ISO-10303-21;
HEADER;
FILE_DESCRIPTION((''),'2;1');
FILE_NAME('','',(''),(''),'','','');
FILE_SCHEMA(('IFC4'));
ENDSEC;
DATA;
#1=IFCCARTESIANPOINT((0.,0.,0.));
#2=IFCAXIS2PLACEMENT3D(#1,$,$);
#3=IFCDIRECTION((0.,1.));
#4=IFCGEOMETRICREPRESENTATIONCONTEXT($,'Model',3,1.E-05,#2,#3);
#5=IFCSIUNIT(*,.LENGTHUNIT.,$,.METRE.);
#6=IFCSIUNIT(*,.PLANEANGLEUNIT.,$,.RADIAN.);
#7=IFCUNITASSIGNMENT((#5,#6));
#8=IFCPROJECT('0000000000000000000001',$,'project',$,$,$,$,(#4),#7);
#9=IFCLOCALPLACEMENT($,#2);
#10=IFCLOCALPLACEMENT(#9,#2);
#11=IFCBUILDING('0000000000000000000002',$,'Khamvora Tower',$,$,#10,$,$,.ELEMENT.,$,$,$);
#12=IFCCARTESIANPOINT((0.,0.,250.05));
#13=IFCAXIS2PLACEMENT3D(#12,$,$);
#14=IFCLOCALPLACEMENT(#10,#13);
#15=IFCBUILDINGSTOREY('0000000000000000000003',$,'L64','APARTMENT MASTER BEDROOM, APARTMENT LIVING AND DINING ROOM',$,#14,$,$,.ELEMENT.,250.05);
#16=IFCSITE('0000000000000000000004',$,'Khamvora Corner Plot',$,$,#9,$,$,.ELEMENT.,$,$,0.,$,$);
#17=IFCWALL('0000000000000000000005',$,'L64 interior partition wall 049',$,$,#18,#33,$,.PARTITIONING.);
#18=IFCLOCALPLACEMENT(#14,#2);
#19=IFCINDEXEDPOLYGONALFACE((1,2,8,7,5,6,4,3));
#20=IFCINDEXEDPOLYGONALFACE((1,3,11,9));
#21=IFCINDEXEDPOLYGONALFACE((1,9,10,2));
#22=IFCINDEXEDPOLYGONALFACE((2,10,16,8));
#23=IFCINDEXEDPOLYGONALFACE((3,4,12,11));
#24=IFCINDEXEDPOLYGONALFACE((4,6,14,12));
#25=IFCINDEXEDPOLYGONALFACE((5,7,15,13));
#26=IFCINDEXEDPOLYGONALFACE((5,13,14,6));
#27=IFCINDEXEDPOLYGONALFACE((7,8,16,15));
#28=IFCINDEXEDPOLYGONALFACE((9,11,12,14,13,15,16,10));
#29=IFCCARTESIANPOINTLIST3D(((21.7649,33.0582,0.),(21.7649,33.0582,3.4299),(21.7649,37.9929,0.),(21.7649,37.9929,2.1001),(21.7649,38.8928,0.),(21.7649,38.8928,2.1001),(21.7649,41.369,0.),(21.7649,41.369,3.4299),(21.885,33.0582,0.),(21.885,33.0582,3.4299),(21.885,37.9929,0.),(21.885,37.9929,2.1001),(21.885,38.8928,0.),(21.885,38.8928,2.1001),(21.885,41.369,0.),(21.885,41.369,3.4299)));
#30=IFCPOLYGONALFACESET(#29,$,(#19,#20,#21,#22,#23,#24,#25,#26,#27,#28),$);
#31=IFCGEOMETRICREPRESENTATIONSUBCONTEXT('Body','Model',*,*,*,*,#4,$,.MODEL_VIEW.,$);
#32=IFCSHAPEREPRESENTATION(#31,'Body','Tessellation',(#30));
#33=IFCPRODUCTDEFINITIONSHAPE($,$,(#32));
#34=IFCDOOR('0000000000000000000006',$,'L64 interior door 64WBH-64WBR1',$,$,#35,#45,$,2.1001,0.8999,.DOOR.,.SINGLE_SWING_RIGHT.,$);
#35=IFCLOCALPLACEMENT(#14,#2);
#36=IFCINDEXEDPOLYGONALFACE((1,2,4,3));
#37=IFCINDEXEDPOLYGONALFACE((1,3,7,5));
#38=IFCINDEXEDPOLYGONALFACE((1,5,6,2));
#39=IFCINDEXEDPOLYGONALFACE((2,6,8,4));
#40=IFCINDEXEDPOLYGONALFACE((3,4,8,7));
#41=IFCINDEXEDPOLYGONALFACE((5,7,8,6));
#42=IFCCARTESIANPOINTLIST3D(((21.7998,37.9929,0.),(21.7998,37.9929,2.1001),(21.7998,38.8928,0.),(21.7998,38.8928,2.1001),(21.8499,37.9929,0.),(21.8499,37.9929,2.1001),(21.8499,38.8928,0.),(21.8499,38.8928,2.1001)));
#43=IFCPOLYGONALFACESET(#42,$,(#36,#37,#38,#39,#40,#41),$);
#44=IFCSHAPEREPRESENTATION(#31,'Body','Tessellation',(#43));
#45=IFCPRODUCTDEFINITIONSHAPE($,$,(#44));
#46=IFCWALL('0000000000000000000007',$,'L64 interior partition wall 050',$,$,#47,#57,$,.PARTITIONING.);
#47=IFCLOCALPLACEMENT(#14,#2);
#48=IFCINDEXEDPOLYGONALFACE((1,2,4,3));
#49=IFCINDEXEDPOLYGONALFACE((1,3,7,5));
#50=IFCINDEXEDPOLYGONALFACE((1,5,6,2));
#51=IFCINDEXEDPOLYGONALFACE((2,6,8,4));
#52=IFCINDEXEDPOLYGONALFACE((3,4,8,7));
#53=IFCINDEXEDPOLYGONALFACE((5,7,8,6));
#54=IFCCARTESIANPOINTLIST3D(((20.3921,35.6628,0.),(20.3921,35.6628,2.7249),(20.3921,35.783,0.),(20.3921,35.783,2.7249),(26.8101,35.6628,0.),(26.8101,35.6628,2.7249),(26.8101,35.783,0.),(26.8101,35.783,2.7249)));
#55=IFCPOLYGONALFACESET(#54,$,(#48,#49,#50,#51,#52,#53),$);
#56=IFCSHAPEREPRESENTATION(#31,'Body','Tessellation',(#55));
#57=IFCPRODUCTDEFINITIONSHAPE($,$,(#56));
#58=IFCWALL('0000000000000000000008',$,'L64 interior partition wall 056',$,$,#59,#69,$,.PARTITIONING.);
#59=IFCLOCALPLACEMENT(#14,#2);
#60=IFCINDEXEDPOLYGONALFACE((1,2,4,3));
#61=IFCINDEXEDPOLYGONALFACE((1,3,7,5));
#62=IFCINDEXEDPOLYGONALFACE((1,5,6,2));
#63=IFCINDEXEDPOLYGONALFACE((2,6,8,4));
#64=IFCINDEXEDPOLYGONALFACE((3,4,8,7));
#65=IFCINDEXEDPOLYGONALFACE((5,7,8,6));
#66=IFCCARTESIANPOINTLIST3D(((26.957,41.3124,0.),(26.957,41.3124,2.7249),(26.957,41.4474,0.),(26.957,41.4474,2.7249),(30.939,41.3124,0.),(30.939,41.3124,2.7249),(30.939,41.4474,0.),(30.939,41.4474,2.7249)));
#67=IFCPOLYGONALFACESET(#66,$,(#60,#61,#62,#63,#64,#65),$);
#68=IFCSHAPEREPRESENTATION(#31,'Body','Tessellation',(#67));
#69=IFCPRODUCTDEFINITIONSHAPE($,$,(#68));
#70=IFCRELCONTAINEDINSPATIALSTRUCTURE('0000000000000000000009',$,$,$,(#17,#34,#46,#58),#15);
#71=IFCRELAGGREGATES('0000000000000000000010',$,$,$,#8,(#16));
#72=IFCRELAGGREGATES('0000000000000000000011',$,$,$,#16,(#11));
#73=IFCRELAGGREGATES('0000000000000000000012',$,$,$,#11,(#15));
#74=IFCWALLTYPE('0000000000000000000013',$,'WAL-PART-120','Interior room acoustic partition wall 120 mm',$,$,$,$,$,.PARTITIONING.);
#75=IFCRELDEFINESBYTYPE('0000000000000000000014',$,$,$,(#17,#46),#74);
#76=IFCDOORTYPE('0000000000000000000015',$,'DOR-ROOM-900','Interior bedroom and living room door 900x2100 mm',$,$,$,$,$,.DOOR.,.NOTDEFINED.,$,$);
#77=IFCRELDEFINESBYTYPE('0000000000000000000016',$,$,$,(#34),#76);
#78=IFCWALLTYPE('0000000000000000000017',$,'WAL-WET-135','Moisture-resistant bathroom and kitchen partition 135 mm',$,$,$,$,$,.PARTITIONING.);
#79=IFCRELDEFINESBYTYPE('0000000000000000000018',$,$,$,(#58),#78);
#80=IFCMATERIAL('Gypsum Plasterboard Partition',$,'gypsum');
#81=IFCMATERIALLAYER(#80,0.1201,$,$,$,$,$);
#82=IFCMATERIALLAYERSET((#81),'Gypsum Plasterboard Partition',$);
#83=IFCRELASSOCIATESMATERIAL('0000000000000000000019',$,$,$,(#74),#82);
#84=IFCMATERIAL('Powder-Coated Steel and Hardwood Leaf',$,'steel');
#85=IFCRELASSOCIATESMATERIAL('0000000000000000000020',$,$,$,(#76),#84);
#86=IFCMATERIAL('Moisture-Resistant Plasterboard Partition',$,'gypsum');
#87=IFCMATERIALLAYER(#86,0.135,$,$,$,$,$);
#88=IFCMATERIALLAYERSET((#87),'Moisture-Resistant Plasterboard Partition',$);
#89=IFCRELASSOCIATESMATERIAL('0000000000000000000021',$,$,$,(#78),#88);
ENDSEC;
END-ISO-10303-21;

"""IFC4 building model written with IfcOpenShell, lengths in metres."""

from ifc_helpers import new_model, si_unit, direction, frame, frame_2d, origin, place, context, subcontext, project, spatial, rectangle, extrude, material, layer, layer_set, type_object, element, fill, save


model = new_model("IFC4")

# Units and contexts
model_context = context("Model", 3, precision=1e-05, world=origin(), true_north=direction((0.0, 1.0)))
body_context = subcontext(model_context, "Body", "Model", "MODEL_VIEW")
ifc_project = project(units=[si_unit("LENGTHUNIT", "METRE"), si_unit("PLANEANGLEUNIT", "RADIAN")], contexts=[model_context])

# Site, building, storey
site_placement = place(None, origin())
site = spatial("IfcSite", under=ifc_project, at=site_placement, Name="Khamvora Corner Plot", CompositionType="ELEMENT", RefElevation=0.0)
building_placement = place(site_placement, origin())
building = spatial("IfcBuilding", under=site, at=building_placement, Name="Khamvora Tower", CompositionType="ELEMENT")
storey_placement = place(building_placement, frame((0.0, 0.0, 250.05)))
storey = spatial("IfcBuildingStorey", under=building, at=storey_placement, Name="L64", Description="APARTMENT MASTER BEDROOM, APARTMENT LIVING AND DINING ROOM", CompositionType="ELEMENT", Elevation=250.05)

# Wall, opening, door
ifc_material_1 = material(Name="Gypsum Plasterboard Partition", Category="gypsum")
ifc_layer_1 = layer(ifc_material_1, 0.1201)
ifc_layer_set_1 = layer_set([ifc_layer_1], Name="Gypsum Plasterboard Partition")
wall_type_1 = type_object("IfcWallType", Name="WAL-PART-120", Description="Interior room acoustic partition wall 120 mm", PredefinedType="PARTITIONING", material=ifc_layer_set_1)
wall_1_placement = place(storey_placement, frame((21.825, 41.3689, 0.0), z_axis=(0.0, 0.0, 1.0), x_axis=(0.0, -1.0, 0.0)))
wall_1 = element("IfcWall", 1, at=wall_1_placement, inside=storey, type_object=wall_type_1, Name="L64 interior partition wall 049", PredefinedType="PARTITIONING", context=body_context, shape_type="SweptSolid", body=[
    extrude(rectangle(XDim=8.3108, YDim=0.1201, at=frame_2d((4.1553, 0.0))), origin(), (0.0, 0.0, 1.0), 3.4299),
])
opening_1_placement = place(wall_1_placement, frame((2.4761, 0.0, 0.0)))
opening_1 = element("IfcOpeningElement", 2, at=opening_1_placement, cuts=wall_1, PredefinedType="OPENING", context=body_context, shape_type="SweptSolid", body=[
    extrude(rectangle(XDim=0.8999, YDim=2.1001, at=frame_2d((0.45, 1.05))), frame((0.0, 0.0701, 0.0), z_axis=(0.0, -1.0, 0.0), x_axis=(1.0, 0.0, 0.0)), (0.0, 0.0, 1.0), 0.1401),
])
ifc_material_2 = material(Name="Powder-Coated Steel and Hardwood Leaf", Category="steel")
door_type = type_object("IfcDoorType", Name="DOR-ROOM-900", Description="Interior bedroom and living room door 900x2100 mm", OperationType="NOTDEFINED", PredefinedType="DOOR", material=ifc_material_2)
door_placement = place(opening_1_placement, origin())
door = element("IfcDoor", 3, at=door_placement, inside=storey, type_object=door_type, Name="L64 interior door 64WBH-64WBR1", OperationType="SINGLE_SWING_RIGHT", OverallHeight=2.1001, OverallWidth=0.8999, PredefinedType="DOOR", context=body_context, shape_type="SweptSolid", body=[
    extrude(rectangle(XDim=0.8999, YDim=2.1001, at=frame_2d((0.45, 1.05))), frame((0.0, 0.0249, 0.0), z_axis=(0.0, -1.0, 0.0), x_axis=(1.0, 0.0, 0.0)), (0.0, 0.0, 1.0), 0.05),
])
fill(opening_1, door)

# Walls
wall_2_placement = place(storey_placement, frame((20.3921, 35.7229, 0.0), z_axis=(0.0, 0.0, 1.0), x_axis=(1.0, 0.0, 0.0)))
element("IfcWall", 4, at=wall_2_placement, inside=storey, type_object=wall_type_1, Name="L64 interior partition wall 050", PredefinedType="PARTITIONING", context=body_context, shape_type="SweptSolid", body=[
    extrude(rectangle(XDim=6.418, YDim=0.1201, at=frame_2d((3.209, 0.0))), origin(), (0.0, 0.0, 1.0), 2.7249),
])
ifc_material_3 = material(Name="Moisture-Resistant Plasterboard Partition", Category="gypsum")
ifc_layer_2 = layer(ifc_material_3, 0.135)
ifc_layer_set_2 = layer_set([ifc_layer_2], Name="Moisture-Resistant Plasterboard Partition")
wall_type_2 = type_object("IfcWallType", Name="WAL-WET-135", Description="Moisture-resistant bathroom and kitchen partition 135 mm", PredefinedType="PARTITIONING", material=ifc_layer_set_2)
wall_3_placement = place(storey_placement, frame((26.957, 41.3799, 0.0), z_axis=(0.0, 0.0, 1.0), x_axis=(1.0, 0.0, 0.0)))
element("IfcWall", 5, at=wall_3_placement, inside=storey, type_object=wall_type_2, Name="L64 interior partition wall 056", PredefinedType="PARTITIONING", context=body_context, shape_type="SweptSolid", body=[
    extrude(rectangle(XDim=3.9819, YDim=0.135, at=frame_2d((1.991, 0.0))), origin(), (0.0, 0.0, 1.0), 2.7249),
])

save(model, "model.ifc")
